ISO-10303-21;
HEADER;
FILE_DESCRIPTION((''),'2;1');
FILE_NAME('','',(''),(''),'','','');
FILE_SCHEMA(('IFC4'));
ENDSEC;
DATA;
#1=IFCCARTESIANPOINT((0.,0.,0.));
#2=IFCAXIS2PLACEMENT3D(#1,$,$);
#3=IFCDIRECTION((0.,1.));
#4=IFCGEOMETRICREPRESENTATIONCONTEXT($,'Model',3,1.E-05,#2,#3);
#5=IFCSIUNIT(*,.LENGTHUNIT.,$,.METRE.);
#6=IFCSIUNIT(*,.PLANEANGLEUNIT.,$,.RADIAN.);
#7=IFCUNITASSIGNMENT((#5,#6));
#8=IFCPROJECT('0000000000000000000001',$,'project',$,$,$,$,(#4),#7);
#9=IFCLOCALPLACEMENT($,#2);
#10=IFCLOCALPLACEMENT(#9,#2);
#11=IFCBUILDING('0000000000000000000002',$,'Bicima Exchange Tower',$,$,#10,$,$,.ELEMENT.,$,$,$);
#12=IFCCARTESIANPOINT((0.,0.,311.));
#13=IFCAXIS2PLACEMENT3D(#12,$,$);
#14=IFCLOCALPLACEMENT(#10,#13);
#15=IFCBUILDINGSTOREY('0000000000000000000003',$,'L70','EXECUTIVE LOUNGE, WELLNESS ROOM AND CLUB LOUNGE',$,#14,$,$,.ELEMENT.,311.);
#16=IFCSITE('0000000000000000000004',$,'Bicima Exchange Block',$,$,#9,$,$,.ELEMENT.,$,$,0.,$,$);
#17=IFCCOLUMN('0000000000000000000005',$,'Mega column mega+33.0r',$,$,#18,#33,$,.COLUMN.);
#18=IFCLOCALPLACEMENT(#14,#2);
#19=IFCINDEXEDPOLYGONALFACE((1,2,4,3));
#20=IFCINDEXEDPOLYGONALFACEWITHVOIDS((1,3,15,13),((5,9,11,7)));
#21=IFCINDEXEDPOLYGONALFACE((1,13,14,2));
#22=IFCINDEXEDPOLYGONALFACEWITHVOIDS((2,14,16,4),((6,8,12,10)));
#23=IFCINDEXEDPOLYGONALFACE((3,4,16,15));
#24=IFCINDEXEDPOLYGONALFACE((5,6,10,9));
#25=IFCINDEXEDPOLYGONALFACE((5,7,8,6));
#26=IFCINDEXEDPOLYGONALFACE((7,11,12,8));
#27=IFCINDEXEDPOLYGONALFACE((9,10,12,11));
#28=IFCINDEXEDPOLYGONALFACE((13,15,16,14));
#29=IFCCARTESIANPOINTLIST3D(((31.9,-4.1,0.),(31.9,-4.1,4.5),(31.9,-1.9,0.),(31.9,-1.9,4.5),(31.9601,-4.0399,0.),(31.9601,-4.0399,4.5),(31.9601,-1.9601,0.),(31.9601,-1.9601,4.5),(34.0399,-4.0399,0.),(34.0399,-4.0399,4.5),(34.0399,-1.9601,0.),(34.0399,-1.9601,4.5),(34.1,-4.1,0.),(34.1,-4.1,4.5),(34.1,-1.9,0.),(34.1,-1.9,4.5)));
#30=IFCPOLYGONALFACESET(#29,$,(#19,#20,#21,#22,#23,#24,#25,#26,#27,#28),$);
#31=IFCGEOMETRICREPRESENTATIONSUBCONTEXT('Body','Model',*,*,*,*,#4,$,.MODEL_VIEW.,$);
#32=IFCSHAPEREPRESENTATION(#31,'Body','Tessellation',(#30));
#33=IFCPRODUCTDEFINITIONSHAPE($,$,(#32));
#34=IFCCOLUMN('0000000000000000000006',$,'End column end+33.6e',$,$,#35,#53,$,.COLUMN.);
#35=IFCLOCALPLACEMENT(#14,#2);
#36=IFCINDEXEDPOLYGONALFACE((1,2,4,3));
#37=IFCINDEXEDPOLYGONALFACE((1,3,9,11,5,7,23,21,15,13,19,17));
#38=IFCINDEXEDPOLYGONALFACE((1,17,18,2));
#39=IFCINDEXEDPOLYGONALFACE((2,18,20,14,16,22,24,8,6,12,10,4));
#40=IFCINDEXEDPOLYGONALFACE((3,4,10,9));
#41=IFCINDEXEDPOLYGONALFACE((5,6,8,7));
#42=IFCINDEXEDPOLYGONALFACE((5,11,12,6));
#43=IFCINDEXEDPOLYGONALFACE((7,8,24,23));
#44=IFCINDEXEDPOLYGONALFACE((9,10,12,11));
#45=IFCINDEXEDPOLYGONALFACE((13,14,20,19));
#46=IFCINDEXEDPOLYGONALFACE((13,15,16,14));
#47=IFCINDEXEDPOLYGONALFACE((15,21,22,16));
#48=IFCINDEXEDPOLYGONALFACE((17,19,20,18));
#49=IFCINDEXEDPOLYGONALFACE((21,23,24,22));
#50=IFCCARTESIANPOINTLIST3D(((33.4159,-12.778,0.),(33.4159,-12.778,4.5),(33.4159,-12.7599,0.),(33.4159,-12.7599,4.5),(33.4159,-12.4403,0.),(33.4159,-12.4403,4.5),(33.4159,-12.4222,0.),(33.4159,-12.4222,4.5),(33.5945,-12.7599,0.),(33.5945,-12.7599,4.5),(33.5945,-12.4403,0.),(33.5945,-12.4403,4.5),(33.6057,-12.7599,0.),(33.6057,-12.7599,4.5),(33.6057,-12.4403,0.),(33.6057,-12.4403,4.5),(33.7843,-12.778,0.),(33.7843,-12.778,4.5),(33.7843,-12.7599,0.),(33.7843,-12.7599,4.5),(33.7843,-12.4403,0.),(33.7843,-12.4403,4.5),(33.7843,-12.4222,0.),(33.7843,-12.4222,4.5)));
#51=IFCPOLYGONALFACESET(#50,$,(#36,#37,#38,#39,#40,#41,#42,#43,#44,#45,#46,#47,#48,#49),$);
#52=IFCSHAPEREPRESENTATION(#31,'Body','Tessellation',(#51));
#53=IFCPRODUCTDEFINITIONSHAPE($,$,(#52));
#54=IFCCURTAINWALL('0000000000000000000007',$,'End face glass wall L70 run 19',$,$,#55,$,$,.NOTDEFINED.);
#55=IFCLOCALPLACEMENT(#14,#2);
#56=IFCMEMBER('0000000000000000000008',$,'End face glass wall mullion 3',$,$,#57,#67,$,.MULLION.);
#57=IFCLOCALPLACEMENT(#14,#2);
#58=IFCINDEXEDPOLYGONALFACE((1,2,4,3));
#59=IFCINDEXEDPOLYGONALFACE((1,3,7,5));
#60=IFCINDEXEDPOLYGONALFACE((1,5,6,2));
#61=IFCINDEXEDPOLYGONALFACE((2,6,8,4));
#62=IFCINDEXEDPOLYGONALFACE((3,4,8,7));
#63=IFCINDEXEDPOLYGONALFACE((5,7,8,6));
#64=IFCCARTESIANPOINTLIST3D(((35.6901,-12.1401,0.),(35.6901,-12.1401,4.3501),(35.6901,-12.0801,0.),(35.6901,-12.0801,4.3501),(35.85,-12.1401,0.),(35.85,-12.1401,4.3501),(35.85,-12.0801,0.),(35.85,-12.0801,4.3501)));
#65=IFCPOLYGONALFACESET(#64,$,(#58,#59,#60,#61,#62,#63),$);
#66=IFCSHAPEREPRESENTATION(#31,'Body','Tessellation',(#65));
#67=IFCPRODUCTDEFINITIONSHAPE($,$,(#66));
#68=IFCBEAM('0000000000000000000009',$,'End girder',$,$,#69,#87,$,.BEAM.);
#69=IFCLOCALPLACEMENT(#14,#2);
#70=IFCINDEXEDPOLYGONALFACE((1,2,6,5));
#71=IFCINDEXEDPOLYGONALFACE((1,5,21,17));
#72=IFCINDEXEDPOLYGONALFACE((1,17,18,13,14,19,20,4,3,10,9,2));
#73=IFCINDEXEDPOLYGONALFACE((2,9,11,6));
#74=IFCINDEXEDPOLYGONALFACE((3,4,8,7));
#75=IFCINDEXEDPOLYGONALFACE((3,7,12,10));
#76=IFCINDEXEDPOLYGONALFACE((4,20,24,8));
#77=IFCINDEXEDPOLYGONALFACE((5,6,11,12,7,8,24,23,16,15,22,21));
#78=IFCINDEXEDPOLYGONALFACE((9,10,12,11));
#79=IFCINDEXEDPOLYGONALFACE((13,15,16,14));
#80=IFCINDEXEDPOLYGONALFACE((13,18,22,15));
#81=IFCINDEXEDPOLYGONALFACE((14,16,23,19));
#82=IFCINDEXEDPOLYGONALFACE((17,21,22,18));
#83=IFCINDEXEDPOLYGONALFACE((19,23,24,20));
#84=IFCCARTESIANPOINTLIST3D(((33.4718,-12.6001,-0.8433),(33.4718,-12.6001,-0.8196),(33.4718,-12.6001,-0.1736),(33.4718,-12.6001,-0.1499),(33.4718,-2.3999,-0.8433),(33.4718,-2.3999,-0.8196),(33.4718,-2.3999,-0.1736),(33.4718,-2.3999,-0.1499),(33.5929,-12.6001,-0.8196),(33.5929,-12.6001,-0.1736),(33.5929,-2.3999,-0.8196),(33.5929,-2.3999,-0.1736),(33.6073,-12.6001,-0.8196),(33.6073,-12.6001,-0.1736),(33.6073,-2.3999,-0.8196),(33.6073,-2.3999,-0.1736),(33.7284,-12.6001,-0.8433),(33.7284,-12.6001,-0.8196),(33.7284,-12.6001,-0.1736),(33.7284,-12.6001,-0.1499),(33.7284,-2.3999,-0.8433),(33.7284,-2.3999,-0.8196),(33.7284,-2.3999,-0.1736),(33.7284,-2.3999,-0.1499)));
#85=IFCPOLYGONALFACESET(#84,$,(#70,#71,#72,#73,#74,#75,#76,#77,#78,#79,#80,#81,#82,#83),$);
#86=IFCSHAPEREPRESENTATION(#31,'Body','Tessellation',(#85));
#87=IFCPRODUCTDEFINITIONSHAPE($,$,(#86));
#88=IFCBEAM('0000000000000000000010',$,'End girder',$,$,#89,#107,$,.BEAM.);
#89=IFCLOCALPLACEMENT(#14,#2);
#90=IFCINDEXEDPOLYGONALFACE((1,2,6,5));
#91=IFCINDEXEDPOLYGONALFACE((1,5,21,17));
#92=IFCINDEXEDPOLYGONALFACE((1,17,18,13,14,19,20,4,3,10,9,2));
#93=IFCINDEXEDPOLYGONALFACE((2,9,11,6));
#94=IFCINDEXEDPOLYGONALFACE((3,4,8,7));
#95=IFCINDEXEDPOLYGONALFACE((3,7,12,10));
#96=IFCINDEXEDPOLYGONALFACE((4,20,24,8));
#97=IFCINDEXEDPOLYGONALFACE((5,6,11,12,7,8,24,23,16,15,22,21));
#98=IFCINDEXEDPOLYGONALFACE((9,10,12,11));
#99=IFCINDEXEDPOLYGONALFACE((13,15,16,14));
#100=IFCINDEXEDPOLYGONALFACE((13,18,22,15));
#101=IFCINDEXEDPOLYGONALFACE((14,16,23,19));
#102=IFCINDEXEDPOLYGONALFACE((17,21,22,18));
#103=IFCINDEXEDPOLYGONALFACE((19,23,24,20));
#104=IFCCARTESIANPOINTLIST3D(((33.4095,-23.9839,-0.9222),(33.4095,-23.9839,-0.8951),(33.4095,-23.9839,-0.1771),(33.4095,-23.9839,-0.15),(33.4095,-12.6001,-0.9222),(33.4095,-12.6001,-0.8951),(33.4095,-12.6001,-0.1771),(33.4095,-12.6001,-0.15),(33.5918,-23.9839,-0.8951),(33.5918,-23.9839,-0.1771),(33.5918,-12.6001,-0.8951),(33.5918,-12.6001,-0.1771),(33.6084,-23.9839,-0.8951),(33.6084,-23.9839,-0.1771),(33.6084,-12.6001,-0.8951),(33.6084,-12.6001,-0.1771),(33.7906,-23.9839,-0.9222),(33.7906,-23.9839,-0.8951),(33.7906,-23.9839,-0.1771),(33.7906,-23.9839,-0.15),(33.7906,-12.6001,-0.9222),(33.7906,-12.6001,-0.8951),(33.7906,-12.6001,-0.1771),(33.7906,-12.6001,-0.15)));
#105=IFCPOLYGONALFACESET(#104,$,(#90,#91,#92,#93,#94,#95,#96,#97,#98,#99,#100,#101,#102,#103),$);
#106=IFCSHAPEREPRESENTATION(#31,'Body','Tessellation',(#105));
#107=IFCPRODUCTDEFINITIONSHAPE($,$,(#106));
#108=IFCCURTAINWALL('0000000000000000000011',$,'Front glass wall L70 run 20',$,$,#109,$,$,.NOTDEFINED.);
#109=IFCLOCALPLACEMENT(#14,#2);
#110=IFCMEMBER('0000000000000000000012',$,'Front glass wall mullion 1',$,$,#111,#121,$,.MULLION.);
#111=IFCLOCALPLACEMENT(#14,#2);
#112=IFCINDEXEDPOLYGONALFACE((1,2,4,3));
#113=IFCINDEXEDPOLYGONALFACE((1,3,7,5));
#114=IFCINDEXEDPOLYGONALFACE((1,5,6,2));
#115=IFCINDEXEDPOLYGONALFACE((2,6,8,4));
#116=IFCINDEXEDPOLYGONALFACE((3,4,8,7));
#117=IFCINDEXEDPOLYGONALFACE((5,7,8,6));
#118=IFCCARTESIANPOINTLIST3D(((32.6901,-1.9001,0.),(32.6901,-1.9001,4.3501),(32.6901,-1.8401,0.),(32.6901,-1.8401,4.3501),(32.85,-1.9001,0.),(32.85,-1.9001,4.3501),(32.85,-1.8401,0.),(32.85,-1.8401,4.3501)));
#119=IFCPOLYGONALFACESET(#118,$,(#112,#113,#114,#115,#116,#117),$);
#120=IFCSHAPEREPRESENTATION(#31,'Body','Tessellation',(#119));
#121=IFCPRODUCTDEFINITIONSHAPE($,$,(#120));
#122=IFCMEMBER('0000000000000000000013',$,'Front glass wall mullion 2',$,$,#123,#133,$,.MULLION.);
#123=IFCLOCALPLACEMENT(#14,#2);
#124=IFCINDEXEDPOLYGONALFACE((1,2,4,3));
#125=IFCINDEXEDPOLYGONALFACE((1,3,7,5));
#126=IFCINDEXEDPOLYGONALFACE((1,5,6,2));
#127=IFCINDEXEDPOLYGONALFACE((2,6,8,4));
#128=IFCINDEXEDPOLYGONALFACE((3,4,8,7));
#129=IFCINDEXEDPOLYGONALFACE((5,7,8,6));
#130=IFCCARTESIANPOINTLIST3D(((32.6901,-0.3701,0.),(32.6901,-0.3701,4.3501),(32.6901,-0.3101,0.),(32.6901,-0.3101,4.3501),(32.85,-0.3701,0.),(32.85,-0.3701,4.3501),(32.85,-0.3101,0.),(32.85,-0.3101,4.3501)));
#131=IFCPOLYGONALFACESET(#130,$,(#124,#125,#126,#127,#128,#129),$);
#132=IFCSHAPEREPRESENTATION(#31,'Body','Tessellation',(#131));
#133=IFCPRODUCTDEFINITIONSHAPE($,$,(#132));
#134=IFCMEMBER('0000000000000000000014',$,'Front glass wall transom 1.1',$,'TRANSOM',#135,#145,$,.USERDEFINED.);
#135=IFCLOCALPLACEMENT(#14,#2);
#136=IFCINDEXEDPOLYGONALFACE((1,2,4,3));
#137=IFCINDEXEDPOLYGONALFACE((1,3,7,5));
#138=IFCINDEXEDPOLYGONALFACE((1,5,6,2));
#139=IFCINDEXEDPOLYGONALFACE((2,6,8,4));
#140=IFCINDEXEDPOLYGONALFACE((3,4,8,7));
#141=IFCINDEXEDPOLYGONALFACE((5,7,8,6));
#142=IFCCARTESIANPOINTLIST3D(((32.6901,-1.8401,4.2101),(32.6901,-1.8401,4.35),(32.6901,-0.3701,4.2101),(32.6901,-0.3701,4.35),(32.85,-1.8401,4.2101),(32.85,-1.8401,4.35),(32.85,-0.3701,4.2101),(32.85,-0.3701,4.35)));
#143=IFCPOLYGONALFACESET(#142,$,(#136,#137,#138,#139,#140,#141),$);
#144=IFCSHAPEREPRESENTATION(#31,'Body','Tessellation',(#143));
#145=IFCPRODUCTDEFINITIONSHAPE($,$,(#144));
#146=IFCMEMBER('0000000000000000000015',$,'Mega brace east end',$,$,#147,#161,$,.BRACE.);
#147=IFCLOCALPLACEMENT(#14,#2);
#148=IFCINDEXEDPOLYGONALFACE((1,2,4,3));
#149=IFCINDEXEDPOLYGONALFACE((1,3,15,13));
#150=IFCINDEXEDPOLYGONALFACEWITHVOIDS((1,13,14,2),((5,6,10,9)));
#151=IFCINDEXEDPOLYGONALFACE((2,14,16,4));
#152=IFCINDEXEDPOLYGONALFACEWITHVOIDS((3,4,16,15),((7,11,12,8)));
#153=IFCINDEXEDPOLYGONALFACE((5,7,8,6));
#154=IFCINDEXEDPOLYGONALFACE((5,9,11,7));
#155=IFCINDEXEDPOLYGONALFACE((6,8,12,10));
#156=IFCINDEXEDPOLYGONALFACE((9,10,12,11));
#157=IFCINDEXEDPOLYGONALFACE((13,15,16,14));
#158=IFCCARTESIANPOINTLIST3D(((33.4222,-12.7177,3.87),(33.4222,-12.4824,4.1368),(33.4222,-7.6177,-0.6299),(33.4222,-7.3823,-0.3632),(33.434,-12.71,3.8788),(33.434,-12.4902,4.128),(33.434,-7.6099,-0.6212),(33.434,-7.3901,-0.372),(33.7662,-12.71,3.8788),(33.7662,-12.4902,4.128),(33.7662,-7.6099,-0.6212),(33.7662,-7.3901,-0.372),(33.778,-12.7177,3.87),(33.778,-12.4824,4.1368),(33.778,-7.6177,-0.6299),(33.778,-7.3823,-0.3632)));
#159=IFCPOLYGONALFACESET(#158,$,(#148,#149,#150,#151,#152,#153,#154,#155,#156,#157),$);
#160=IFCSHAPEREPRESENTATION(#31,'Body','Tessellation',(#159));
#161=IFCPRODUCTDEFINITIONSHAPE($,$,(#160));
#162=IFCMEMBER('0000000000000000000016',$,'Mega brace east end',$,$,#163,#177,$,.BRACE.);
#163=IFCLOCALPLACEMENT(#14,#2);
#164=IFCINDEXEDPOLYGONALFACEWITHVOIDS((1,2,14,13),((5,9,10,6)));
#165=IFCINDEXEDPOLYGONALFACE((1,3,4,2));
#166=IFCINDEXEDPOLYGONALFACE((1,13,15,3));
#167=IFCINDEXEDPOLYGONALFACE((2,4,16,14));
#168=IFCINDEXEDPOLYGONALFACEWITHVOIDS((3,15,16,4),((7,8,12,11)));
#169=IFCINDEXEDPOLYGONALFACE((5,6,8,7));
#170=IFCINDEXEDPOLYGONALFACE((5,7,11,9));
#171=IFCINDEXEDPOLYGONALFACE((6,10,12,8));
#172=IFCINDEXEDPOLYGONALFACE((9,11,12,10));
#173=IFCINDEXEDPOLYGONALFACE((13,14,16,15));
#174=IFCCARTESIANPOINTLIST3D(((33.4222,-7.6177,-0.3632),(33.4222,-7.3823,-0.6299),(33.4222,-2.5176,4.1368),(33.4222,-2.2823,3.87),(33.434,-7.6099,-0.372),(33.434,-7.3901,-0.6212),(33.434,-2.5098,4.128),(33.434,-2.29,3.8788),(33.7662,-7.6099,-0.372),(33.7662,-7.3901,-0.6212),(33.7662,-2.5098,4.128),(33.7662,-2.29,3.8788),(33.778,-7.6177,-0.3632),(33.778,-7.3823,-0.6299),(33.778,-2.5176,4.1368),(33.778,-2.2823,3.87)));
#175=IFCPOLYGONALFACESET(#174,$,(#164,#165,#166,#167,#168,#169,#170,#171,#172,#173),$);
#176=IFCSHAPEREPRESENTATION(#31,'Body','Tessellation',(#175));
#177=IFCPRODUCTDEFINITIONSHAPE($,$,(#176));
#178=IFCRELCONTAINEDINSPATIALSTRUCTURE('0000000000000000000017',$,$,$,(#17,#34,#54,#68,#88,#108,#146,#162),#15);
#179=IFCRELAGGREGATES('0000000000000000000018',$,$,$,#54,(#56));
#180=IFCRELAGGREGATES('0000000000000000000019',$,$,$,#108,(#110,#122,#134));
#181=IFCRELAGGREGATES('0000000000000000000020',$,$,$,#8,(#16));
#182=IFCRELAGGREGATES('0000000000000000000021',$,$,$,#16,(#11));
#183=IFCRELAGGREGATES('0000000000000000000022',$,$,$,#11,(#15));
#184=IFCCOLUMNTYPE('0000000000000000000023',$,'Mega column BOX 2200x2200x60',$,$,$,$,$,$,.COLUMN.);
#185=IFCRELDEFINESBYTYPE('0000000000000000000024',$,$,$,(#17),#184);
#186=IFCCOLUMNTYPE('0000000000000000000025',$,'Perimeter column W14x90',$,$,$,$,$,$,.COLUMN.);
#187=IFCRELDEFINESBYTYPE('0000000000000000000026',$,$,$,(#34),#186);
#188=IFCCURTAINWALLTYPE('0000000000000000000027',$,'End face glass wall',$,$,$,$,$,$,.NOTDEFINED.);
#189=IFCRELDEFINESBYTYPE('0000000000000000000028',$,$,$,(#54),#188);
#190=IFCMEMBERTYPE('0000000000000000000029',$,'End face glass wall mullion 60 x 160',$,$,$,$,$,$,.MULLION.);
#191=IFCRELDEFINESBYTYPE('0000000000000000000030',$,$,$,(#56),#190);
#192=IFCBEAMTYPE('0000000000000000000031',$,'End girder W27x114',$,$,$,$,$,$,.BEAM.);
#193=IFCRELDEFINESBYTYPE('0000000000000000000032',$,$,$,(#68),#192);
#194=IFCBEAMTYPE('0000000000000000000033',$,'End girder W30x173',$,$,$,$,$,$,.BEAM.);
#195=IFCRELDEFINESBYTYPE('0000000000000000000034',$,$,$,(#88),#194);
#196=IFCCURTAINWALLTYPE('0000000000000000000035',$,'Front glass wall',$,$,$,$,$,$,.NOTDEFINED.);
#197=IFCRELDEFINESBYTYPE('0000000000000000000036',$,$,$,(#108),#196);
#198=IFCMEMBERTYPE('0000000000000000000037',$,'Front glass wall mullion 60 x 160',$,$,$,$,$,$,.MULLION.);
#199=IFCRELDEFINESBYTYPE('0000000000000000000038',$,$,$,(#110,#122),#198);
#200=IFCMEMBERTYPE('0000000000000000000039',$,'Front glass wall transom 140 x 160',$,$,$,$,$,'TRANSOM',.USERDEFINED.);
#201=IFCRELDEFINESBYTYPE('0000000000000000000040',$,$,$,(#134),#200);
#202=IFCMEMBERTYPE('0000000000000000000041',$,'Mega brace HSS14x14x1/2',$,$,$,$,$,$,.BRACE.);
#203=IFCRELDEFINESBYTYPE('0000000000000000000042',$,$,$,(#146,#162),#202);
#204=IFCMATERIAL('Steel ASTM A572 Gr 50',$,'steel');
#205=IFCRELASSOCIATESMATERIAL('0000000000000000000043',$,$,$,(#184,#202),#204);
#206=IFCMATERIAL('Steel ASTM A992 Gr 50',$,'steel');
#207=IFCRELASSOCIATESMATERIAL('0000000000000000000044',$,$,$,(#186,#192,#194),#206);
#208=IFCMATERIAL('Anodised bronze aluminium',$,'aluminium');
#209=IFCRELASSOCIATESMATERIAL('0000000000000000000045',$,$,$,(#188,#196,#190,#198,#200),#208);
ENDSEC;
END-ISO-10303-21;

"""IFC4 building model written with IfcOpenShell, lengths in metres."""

from ifc_helpers import new_model, si_unit, direction, frame, origin, origin_2d, place, context, subcontext, project, spatial, rectangle, hollow_rectangle, i_section, extrude, material, material_profile, profile_set, type_object, element, aggregate, save


model = new_model("IFC4")

# Units and contexts
model_context = context("Model", 3, precision=1e-05, world=origin(), true_north=direction((0.0, 1.0)))
body_context = subcontext(model_context, "Body", "Model", "MODEL_VIEW")
ifc_project = project(units=[si_unit("LENGTHUNIT", "METRE"), si_unit("PLANEANGLEUNIT", "RADIAN")], contexts=[model_context])

# Site, building, storey
site_placement = place(None, origin())
site = spatial("IfcSite", under=ifc_project, at=site_placement, Name="Bicima Exchange Block", CompositionType="ELEMENT", RefElevation=0.0)
building_placement = place(site_placement, origin())
building = spatial("IfcBuilding", under=site, at=building_placement, Name="Bicima Exchange Tower", CompositionType="ELEMENT")
storey_placement = place(building_placement, frame((0.0, 0.0, 311.0)))
storey = spatial("IfcBuildingStorey", under=building, at=storey_placement, Name="L70", Description="EXECUTIVE LOUNGE, WELLNESS ROOM AND CLUB LOUNGE", CompositionType="ELEMENT", Elevation=311.0)

# Columns
ifc_material_1 = material(Name="Steel ASTM A572 Gr 50", Category="steel")
ifc_material_profile_1 = material_profile(ifc_material_1, hollow_rectangle(XDim=2.2, YDim=2.2, WallThickness=0.0601, at=origin_2d()))
ifc_profile_set_1 = profile_set([ifc_material_profile_1], Name="Steel ASTM A572 Gr 50")
column_type_1 = type_object("IfcColumnType", Name="Mega column BOX 2200x2200x60", PredefinedType="COLUMN", material=ifc_profile_set_1)
column_1_placement = place(storey_placement, frame((33.0, -3.0, 0.0), z_axis=(0.0, 0.0, 1.0), x_axis=(1.0, 0.0, 0.0)))
element("IfcColumn", 1, at=column_1_placement, inside=storey, type_object=column_type_1, Name="Mega column mega+33.0r", PredefinedType="COLUMN", context=body_context, shape_type="SweptSolid", body=[
    extrude(hollow_rectangle(XDim=2.2, YDim=2.2, WallThickness=0.0601, at=origin_2d()), origin(), (0.0, 0.0, 1.0), 4.5),
])
ifc_material_2 = material(Name="Steel ASTM A992 Gr 50", Category="steel")
ifc_material_profile_2 = material_profile(ifc_material_2, i_section(OverallWidth=0.3684, OverallDepth=0.3557, WebThickness=0.0112, FlangeThickness=0.0181, at=origin_2d()))
ifc_profile_set_2 = profile_set([ifc_material_profile_2], Name="Steel ASTM A992 Gr 50")
column_type_2 = type_object("IfcColumnType", Name="Perimeter column W14x90", PredefinedType="COLUMN", material=ifc_profile_set_2)
column_2_placement = place(storey_placement, frame((33.6001, -12.6001, 0.0), z_axis=(0.0, 0.0, 1.0), x_axis=(1.0, 0.0, 0.0)))
element("IfcColumn", 2, at=column_2_placement, inside=storey, type_object=column_type_2, Name="End column end+33.6e", PredefinedType="COLUMN", context=body_context, shape_type="SweptSolid", body=[
    extrude(i_section(OverallWidth=0.3684, OverallDepth=0.3557, WebThickness=0.0112, FlangeThickness=0.0181, at=origin_2d()), origin(), (0.0, 0.0, 1.0), 4.5),
])

# Curtain wall, member
ifc_material_3 = material(Name="Anodised bronze aluminium", Category="aluminium")
curtain_wall_type_1 = type_object("IfcCurtainWallType", Name="End face glass wall", PredefinedType="NOTDEFINED", material=ifc_material_3)
curtain_wall_1_placement = place(storey_placement, origin())
curtain_wall_1 = element("IfcCurtainWall", 3, at=curtain_wall_1_placement, inside=storey, type_object=curtain_wall_type_1, Name="End face glass wall L70 run 19", PredefinedType="NOTDEFINED")
ifc_material_profile_3 = material_profile(ifc_material_3, rectangle(XDim=0.1599, YDim=0.0601, at=origin_2d()))
ifc_profile_set_3 = profile_set([ifc_material_profile_3], Name="Anodised bronze aluminium")
member_type_1 = type_object("IfcMemberType", Name="End face glass wall mullion 60 x 160", PredefinedType="MULLION", material=ifc_profile_set_3)
member_1_placement = place(storey_placement, frame((35.77, -12.1101, 0.0), z_axis=(0.0, 0.0, 1.0), x_axis=(-1.0, 0.0, 0.0)))
member_1 = element("IfcMember", 4, at=member_1_placement, type_object=member_type_1, Name="End face glass wall mullion 3", PredefinedType="MULLION", context=body_context, shape_type="SweptSolid", body=[
    extrude(rectangle(XDim=0.1599, YDim=0.0601, at=origin_2d()), origin(), (0.0, 0.0, 1.0), 4.3501),
])
aggregate(curtain_wall_1, [member_1])

# Beams
ifc_material_profile_4 = material_profile(ifc_material_2, i_section(OverallWidth=0.2566, OverallDepth=0.6934, WebThickness=0.0144, FlangeThickness=0.0237, at=origin_2d()))
ifc_profile_set_4 = profile_set([ifc_material_profile_4], Name="Steel ASTM A992 Gr 50")
beam_type_1 = type_object("IfcBeamType", Name="End girder W27x114", PredefinedType="BEAM", material=ifc_profile_set_4)
beam_1_placement = place(storey_placement, frame((33.6001, -2.3999, -0.4966), z_axis=(0.0, -1.0, 0.0), x_axis=(1.0, 0.0, 0.0)))
element("IfcBeam", 5, at=beam_1_placement, inside=storey, type_object=beam_type_1, Name="End girder", PredefinedType="BEAM", context=body_context, shape_type="SweptSolid", body=[
    extrude(i_section(OverallWidth=0.2566, OverallDepth=0.6934, WebThickness=0.0144, FlangeThickness=0.0237, at=origin_2d()), origin(), (0.0, 0.0, 1.0), 10.2002),
])
ifc_material_profile_5 = material_profile(ifc_material_2, i_section(OverallWidth=0.3811, OverallDepth=0.7722, WebThickness=0.0166, FlangeThickness=0.0271, at=origin_2d()))
ifc_profile_set_5 = profile_set([ifc_material_profile_5], Name="Steel ASTM A992 Gr 50")
beam_type_2 = type_object("IfcBeamType", Name="End girder W30x173", PredefinedType="BEAM", material=ifc_profile_set_5)
beam_2_placement = place(storey_placement, frame((33.6001, -12.6001, -0.5361), z_axis=(0.0, -1.0, 0.0), x_axis=(1.0, 0.0, 0.0)))
element("IfcBeam", 6, at=beam_2_placement, inside=storey, type_object=beam_type_2, Name="End girder", PredefinedType="BEAM", context=body_context, shape_type="SweptSolid", body=[
    extrude(i_section(OverallWidth=0.3811, OverallDepth=0.7722, WebThickness=0.0166, FlangeThickness=0.0271, at=origin_2d()), origin(), (0.0, 0.0, 1.0), 11.3838),
])

# Curtain wall, members
curtain_wall_type_2 = type_object("IfcCurtainWallType", Name="Front glass wall", PredefinedType="NOTDEFINED", material=ifc_material_3)
curtain_wall_2_placement = place(storey_placement, origin())
curtain_wall_2 = element("IfcCurtainWall", 7, at=curtain_wall_2_placement, inside=storey, type_object=curtain_wall_type_2, Name="Front glass wall L70 run 20", PredefinedType="NOTDEFINED")
member_type_2 = type_object("IfcMemberType", Name="Front glass wall mullion 60 x 160", PredefinedType="MULLION", material=ifc_profile_set_3)
member_2_placement = place(storey_placement, frame((32.77, -1.8701, 0.0), z_axis=(0.0, 0.0, 1.0), x_axis=(-1.0, 0.0, 0.0)))
member_2 = element("IfcMember", 8, at=member_2_placement, type_object=member_type_2, Name="Front glass wall mullion 1", PredefinedType="MULLION", context=body_context, shape_type="SweptSolid", body=[
    extrude(rectangle(XDim=0.1599, YDim=0.0601, at=origin_2d()), origin(), (0.0, 0.0, 1.0), 4.3501),
])
member_3_placement = place(storey_placement, frame((32.77, -0.3401, 0.0), z_axis=(0.0, 0.0, 1.0), x_axis=(-1.0, 0.0, 0.0)))
member_3 = element("IfcMember", 9, at=member_3_placement, type_object=member_type_2, Name="Front glass wall mullion 2", PredefinedType="MULLION", context=body_context, shape_type="SweptSolid", body=[
    extrude(rectangle(XDim=0.1599, YDim=0.0601, at=origin_2d()), origin(), (0.0, 0.0, 1.0), 4.3501),
])
ifc_material_profile_6 = material_profile(ifc_material_3, rectangle(XDim=0.1599, YDim=0.1399, at=origin_2d()))
ifc_profile_set_6 = profile_set([ifc_material_profile_6], Name="Anodised bronze aluminium")
member_type_3 = type_object("IfcMemberType", Name="Front glass wall transom 140 x 160", ElementType="TRANSOM", PredefinedType="USERDEFINED", material=ifc_profile_set_6)
member_4_placement = place(storey_placement, frame((32.77, -1.8401, 4.28), z_axis=(0.0, 1.0, 0.0), x_axis=(-1.0, 0.0, 0.0)))
member_4 = element("IfcMember", 10, at=member_4_placement, type_object=member_type_3, Name="Front glass wall transom 1.1", ObjectType="TRANSOM", PredefinedType="USERDEFINED", context=body_context, shape_type="SweptSolid", body=[
    extrude(rectangle(XDim=0.1599, YDim=0.1399, at=origin_2d()), origin(), (0.0, 0.0, 1.0), 1.47),
])

# Members
ifc_material_profile_7 = material_profile(ifc_material_1, hollow_rectangle(XDim=0.3557, YDim=0.3557, WallThickness=0.0117, at=origin_2d()))
ifc_profile_set_7 = profile_set([ifc_material_profile_7], Name="Steel ASTM A572 Gr 50")
member_type_4 = type_object("IfcMemberType", Name="Mega brace HSS14x14x1/2", PredefinedType="BRACE", material=ifc_profile_set_7)
for number, where, z_axis, x_axis, name in (
    (11, (33.6001, -7.5, -0.4966), (0.0, -0.749844, 0.661615), (1.0, 0.0, 0.0), "Mega brace east end"),
    (12, (33.6001, -7.5, -0.4966), (0.0, 0.749844, 0.661615), (-1.0, 0.0, 0.0), "Mega brace east end"),
):
    element("IfcMember", number, at=place(storey_placement, frame(where, z_axis=z_axis, x_axis=x_axis)), inside=storey, type_object=member_type_4, Name=name, PredefinedType="BRACE", context=body_context, shape_type="SweptSolid", body=[
        extrude(hollow_rectangle(XDim=0.3557, YDim=0.3557, WallThickness=0.0117, at=origin_2d()), origin(), (0.0, 0.0, 1.0), 6.8015),
    ])

aggregate(curtain_wall_2, [member_2, member_3, member_4])

save(model, "model.ifc")
